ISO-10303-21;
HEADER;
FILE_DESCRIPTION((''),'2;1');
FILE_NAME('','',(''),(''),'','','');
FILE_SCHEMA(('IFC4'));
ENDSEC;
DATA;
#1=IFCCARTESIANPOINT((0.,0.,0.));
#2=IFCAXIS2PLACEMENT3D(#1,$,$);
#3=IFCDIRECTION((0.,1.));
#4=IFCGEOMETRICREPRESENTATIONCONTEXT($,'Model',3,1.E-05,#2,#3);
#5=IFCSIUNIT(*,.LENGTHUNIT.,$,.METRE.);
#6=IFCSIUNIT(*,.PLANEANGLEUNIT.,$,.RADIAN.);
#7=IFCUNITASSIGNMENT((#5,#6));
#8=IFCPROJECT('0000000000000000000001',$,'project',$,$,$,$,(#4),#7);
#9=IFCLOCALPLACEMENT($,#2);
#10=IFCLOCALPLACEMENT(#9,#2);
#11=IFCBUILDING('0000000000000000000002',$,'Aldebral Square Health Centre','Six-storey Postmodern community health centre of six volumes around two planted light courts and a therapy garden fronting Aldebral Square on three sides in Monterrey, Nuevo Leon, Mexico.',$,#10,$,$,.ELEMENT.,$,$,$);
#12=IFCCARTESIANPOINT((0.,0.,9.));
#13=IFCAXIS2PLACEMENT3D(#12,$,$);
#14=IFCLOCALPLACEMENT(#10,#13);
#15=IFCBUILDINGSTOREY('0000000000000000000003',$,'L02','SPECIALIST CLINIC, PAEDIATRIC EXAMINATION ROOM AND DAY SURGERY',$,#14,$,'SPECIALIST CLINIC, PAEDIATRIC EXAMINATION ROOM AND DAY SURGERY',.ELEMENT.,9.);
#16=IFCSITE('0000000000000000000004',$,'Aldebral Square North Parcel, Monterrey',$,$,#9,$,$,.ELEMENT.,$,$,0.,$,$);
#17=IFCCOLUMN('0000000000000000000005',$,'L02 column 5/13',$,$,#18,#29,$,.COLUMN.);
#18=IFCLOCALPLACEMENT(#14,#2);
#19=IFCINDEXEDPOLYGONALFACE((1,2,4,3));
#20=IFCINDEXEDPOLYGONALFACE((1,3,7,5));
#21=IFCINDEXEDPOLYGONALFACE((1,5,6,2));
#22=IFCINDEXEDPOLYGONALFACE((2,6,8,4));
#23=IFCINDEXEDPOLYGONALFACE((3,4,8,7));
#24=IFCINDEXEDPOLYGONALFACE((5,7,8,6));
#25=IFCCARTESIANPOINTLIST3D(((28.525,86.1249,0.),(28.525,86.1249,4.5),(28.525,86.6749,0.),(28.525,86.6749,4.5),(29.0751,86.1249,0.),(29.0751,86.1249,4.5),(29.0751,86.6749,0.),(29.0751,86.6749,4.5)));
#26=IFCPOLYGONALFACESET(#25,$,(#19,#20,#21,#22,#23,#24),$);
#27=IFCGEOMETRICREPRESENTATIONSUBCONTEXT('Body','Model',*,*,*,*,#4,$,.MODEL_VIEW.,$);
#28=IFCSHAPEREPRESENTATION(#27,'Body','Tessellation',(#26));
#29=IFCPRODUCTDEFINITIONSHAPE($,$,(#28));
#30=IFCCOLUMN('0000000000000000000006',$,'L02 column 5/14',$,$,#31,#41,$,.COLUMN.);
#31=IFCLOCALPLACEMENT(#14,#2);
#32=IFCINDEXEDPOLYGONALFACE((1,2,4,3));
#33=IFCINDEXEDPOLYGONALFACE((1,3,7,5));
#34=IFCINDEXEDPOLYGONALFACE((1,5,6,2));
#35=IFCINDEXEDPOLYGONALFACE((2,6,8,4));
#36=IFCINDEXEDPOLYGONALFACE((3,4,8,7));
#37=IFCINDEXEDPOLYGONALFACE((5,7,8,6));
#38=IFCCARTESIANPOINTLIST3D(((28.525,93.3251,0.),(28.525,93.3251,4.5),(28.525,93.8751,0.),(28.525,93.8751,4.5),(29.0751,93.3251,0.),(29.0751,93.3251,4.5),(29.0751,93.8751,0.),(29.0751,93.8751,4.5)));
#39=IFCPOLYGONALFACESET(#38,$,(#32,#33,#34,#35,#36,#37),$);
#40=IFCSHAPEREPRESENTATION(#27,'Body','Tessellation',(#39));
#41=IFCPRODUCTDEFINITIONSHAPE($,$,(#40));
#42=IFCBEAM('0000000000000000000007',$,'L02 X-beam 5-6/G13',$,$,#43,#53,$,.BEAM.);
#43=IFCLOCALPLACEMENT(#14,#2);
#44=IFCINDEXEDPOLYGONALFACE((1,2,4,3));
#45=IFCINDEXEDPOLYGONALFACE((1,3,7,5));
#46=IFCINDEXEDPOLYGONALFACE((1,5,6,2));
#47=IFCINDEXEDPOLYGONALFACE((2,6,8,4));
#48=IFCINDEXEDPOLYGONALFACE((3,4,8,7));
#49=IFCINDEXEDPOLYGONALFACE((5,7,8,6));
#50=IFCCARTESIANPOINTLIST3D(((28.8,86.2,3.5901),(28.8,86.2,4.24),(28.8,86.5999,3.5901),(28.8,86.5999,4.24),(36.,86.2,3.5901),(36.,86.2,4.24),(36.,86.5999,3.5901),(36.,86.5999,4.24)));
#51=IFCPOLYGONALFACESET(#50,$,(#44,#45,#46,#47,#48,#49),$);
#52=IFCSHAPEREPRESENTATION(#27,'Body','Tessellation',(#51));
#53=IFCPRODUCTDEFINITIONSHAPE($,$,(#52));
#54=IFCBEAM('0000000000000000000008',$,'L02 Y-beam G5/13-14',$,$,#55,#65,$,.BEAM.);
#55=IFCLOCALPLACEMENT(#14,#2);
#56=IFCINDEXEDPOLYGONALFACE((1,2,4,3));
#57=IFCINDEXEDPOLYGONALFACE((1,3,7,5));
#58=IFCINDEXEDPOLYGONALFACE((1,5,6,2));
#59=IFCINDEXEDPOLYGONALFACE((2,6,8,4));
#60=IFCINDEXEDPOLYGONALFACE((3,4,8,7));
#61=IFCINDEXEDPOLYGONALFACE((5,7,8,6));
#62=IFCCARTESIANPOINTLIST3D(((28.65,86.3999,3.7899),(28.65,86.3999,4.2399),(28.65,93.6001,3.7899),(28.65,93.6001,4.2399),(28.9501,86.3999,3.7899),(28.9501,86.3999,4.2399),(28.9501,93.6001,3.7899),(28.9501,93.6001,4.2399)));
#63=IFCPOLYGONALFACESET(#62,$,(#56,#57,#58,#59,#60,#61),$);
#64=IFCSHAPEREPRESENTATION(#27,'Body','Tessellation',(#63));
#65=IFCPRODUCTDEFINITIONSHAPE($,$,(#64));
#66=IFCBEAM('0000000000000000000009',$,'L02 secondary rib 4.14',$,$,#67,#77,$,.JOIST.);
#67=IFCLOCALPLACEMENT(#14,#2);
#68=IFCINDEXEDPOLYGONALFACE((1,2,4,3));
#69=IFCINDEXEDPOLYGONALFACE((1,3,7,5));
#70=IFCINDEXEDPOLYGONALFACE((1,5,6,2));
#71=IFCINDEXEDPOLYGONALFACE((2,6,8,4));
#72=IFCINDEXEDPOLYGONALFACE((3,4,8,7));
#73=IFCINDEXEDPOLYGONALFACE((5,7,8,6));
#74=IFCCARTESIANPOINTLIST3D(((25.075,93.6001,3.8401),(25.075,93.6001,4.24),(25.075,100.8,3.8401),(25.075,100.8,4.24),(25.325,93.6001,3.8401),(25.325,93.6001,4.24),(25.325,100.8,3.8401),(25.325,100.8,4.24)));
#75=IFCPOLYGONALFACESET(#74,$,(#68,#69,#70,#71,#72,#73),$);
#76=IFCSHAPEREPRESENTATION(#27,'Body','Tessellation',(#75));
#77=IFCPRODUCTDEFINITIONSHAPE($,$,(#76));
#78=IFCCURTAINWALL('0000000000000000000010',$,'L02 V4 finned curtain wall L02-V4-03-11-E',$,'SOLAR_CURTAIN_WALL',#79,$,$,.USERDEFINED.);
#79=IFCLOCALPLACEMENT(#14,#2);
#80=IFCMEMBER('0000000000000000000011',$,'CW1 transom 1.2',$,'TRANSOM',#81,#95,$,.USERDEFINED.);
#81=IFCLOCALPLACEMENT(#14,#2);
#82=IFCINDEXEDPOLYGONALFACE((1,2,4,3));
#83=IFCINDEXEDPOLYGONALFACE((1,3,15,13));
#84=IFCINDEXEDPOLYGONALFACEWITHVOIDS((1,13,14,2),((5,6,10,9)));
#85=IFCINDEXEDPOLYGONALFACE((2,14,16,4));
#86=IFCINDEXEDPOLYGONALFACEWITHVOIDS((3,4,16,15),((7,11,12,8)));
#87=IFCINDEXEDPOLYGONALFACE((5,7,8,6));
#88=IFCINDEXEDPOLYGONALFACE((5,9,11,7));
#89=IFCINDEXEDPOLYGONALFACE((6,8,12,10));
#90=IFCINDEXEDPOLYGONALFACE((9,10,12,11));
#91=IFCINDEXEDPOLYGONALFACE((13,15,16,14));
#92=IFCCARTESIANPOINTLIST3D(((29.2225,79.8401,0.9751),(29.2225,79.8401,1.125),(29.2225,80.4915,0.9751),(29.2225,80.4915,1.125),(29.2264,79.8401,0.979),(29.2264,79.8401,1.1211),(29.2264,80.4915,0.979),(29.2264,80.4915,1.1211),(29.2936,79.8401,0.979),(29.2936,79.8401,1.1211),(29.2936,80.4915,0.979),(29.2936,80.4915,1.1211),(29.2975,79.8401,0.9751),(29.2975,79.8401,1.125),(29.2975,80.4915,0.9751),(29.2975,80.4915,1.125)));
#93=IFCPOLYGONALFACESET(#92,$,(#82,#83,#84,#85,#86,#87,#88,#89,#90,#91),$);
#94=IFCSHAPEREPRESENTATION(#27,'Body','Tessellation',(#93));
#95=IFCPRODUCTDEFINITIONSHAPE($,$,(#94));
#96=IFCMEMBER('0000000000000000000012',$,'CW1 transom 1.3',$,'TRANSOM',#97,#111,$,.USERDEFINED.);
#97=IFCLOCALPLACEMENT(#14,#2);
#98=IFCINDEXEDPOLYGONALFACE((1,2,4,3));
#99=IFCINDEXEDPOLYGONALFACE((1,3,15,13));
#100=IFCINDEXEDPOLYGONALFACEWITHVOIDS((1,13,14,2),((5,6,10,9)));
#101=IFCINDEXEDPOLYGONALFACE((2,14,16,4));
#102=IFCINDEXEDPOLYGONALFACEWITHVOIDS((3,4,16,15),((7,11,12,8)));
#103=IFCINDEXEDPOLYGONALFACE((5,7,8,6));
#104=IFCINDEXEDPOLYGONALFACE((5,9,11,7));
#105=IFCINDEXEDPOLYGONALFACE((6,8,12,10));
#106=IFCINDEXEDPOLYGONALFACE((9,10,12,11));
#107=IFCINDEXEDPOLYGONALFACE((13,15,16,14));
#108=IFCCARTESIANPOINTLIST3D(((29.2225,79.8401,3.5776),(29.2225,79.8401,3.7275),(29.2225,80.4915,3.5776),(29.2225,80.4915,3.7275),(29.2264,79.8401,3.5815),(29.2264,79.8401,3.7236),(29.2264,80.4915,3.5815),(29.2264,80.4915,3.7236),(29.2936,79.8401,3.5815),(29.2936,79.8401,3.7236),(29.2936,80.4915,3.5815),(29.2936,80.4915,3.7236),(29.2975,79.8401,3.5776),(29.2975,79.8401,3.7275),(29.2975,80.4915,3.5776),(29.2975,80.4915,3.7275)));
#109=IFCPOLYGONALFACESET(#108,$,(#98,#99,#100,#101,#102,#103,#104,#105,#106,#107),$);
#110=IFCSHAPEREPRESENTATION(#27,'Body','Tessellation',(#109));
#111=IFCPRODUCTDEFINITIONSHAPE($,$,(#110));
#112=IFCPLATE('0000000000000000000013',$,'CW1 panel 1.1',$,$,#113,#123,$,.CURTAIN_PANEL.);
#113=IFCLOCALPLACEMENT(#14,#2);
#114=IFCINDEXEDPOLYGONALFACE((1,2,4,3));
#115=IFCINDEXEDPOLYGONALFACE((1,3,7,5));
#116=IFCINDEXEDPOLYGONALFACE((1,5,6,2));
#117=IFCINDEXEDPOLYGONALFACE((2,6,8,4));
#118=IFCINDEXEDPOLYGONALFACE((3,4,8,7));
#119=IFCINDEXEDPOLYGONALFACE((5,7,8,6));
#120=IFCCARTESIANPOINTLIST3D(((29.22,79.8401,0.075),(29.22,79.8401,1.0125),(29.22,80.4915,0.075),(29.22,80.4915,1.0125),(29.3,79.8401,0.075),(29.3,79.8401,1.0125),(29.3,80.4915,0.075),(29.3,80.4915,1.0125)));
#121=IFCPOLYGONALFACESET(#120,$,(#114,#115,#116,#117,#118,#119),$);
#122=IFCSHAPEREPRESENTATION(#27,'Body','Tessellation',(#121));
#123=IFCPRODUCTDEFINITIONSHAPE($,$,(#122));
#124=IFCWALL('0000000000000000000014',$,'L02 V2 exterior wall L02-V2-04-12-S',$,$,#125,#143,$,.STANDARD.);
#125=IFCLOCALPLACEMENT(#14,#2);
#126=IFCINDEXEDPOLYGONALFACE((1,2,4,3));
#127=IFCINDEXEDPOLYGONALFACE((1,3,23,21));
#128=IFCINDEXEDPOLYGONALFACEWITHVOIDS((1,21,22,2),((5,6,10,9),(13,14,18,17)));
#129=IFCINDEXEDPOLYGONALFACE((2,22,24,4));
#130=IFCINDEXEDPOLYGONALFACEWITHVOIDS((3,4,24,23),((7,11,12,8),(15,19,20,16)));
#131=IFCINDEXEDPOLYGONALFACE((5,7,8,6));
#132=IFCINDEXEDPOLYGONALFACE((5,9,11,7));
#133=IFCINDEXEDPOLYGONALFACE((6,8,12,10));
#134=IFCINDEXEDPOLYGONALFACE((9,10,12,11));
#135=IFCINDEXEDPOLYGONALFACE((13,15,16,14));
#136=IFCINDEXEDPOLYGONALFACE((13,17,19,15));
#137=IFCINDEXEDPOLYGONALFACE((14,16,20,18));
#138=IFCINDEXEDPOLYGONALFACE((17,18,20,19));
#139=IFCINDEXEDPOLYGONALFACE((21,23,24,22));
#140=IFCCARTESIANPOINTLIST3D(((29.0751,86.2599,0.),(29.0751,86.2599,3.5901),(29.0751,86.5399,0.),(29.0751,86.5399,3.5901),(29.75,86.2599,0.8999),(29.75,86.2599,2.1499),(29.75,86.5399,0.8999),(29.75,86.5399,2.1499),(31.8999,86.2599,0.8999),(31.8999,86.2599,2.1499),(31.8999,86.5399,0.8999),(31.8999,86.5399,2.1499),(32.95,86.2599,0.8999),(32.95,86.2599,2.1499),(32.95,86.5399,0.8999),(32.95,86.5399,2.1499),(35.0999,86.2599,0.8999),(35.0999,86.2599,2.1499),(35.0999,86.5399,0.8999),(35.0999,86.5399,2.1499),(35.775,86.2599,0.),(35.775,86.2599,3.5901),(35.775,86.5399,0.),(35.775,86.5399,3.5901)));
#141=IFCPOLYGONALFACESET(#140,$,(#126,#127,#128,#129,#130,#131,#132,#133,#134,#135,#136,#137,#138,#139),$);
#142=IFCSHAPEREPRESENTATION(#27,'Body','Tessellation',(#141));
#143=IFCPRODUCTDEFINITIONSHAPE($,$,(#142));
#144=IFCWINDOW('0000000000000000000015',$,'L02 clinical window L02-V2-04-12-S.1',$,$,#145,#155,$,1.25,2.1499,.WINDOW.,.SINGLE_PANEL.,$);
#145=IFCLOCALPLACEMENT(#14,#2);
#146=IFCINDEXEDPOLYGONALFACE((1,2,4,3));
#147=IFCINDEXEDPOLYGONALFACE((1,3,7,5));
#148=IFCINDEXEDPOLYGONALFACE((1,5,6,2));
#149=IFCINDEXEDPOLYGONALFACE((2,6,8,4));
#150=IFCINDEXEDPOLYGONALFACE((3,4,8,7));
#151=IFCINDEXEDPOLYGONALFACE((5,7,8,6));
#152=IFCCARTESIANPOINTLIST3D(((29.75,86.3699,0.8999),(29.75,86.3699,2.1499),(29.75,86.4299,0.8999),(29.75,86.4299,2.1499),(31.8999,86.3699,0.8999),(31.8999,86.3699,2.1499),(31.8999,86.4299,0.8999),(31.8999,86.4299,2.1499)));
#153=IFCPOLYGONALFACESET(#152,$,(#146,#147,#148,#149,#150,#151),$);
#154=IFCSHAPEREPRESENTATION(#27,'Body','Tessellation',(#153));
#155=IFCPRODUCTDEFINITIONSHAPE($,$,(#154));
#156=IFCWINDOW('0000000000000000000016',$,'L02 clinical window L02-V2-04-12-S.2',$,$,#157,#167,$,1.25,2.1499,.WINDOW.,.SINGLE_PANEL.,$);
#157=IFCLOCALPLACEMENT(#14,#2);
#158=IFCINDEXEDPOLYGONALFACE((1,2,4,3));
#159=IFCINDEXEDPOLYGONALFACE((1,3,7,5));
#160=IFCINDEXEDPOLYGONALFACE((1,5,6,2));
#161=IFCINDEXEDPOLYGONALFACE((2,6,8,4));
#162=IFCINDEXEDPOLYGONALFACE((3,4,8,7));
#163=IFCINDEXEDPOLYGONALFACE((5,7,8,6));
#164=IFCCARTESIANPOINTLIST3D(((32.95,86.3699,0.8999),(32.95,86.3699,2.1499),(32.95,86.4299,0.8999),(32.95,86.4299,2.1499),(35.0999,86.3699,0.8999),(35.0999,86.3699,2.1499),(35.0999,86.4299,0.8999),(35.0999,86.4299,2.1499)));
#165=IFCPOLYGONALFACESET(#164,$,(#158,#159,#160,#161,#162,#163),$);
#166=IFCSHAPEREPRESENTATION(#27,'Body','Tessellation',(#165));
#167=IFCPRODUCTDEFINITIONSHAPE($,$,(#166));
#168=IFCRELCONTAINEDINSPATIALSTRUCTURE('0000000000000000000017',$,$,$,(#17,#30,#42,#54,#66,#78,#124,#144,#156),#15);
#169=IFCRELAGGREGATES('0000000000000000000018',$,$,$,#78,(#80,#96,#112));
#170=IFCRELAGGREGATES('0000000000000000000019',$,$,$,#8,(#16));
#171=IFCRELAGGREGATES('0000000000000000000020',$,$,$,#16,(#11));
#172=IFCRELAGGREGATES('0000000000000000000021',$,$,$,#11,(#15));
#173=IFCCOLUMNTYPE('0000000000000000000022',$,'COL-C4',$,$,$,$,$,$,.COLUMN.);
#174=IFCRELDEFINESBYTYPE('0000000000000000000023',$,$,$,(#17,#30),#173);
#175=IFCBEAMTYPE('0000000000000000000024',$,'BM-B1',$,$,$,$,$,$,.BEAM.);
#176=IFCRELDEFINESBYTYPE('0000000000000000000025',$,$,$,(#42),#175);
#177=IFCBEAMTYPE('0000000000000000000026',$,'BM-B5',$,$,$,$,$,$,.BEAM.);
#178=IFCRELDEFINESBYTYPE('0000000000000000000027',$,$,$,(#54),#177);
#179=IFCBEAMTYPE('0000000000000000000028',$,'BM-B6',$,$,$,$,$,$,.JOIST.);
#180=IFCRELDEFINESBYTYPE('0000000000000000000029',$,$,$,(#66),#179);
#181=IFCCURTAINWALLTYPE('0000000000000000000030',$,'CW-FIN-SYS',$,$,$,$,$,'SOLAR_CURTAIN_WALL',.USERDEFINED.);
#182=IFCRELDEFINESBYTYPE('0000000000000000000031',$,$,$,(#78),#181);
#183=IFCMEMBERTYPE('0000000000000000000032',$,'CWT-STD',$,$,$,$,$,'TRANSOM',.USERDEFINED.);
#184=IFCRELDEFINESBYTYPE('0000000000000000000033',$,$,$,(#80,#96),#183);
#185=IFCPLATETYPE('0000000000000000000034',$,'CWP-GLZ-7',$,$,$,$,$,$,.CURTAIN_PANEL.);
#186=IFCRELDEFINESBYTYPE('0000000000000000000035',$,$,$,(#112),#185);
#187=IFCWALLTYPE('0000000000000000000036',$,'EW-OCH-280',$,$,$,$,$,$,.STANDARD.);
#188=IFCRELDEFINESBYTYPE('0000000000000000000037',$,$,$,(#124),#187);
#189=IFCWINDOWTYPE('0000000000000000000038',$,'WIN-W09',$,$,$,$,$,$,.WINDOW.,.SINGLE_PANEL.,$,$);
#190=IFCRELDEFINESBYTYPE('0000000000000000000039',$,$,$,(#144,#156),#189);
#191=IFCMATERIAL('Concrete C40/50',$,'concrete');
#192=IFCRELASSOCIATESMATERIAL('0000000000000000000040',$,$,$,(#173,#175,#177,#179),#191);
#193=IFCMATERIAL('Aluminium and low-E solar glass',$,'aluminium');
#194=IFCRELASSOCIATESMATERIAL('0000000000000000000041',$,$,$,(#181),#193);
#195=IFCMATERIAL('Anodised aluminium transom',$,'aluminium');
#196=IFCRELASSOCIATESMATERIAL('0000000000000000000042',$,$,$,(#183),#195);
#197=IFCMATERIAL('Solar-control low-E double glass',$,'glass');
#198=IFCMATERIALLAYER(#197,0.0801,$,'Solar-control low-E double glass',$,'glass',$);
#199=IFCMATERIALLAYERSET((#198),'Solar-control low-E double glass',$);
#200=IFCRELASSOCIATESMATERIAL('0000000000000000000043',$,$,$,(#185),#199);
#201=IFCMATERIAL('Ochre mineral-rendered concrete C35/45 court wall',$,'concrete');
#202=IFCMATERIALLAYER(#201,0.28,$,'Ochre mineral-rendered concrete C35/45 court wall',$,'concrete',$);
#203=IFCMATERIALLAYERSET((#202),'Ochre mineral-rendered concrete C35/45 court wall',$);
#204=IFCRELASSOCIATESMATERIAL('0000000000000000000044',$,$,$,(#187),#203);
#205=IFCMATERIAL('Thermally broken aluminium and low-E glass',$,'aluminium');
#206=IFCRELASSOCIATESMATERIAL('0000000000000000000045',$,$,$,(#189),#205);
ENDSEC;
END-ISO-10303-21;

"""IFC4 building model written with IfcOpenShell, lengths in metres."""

from ifc_helpers import new_model, si_unit, direction, frame, frame_2d, origin, origin_2d, place, context, subcontext, project, spatial, rectangle, hollow_rectangle, extrude, material, layer, layer_set, material_profile, profile_set, type_object, element, fill, aggregate, save


model = new_model("IFC4")

# Units and contexts
model_context = context("Model", 3, precision=1e-05, world=origin(), true_north=direction((0.0, 1.0)))
body_context = subcontext(model_context, "Body", "Model", "MODEL_VIEW")
ifc_project = project(units=[si_unit("LENGTHUNIT", "METRE"), si_unit("PLANEANGLEUNIT", "RADIAN")], contexts=[model_context])

# Site, building, storey
site_placement = place(None, origin())
site = spatial("IfcSite", under=ifc_project, at=site_placement, Name="Aldebral Square North Parcel, Monterrey", CompositionType="ELEMENT", RefElevation=0.0)
building_placement = place(site_placement, origin())
building = spatial("IfcBuilding", under=site, at=building_placement, Name="Aldebral Square Health Centre", Description="Six-storey Postmodern community health centre of six volumes around two planted light courts and a therapy garden fronting Aldebral Square on three sides in Monterrey, Nuevo Leon, Mexico.", CompositionType="ELEMENT")
storey_placement = place(building_placement, frame((0.0, 0.0, 9.0)))
storey = spatial("IfcBuildingStorey", under=building, at=storey_placement, Name="L02", Description="SPECIALIST CLINIC, PAEDIATRIC EXAMINATION ROOM AND DAY SURGERY", LongName="SPECIALIST CLINIC, PAEDIATRIC EXAMINATION ROOM AND DAY SURGERY", CompositionType="ELEMENT", Elevation=9.0)

# Columns
ifc_material_1 = material(Name="Concrete C40/50", Category="concrete")
ifc_material_profile_1 = material_profile(ifc_material_1, rectangle(XDim=0.55, YDim=0.55, at=origin_2d()), Name="RC 550x550")
ifc_profile_set_1 = profile_set([ifc_material_profile_1], Name="Concrete C40/50")
column_type = type_object("IfcColumnType", Name="COL-C4", PredefinedType="COLUMN", material=ifc_profile_set_1)
for number, where, z_axis, x_axis, name in (
    (1, (28.8, 86.3999, 0.0), (0.0, 0.0, 1.0), (1.0, 0.0, 0.0), "L02 column 5/13"),
    (2, (28.8, 93.6001, 0.0), (0.0, 0.0, 1.0), (1.0, 0.0, 0.0), "L02 column 5/14"),
):
    element("IfcColumn", number, at=place(storey_placement, frame(where, z_axis=z_axis, x_axis=x_axis)), inside=storey, type_object=column_type, Name=name, PredefinedType="COLUMN", context=body_context, shape_type="SweptSolid", body=[
        extrude(rectangle(XDim=0.55, YDim=0.55, at=origin_2d()), origin(), (0.0, 0.0, 1.0), 4.5),
    ])

# Beams
ifc_material_profile_2 = material_profile(ifc_material_1, rectangle(XDim=0.3999, YDim=0.6499, at=origin_2d()), Name="RC 400x650")
ifc_profile_set_2 = profile_set([ifc_material_profile_2], Name="Concrete C40/50")
beam_type_1 = type_object("IfcBeamType", Name="BM-B1", PredefinedType="BEAM", material=ifc_profile_set_2)
beam_1_placement = place(storey_placement, frame((28.8, 86.3999, 3.915), z_axis=(1.0, 0.0, 0.0), x_axis=(0.0, 1.0, 0.0)))
element("IfcBeam", 3, at=beam_1_placement, inside=storey, type_object=beam_type_1, Name="L02 X-beam 5-6/G13", PredefinedType="BEAM", context=body_context, shape_type="SweptSolid", body=[
    extrude(rectangle(XDim=0.3999, YDim=0.6499, at=origin_2d()), origin(), (0.0, 0.0, 1.0), 7.2),
])
ifc_material_profile_3 = material_profile(ifc_material_1, rectangle(XDim=0.3, YDim=0.45, at=origin_2d()), Name="RC 300x450")
ifc_profile_set_3 = profile_set([ifc_material_profile_3], Name="Concrete C40/50")
beam_type_2 = type_object("IfcBeamType", Name="BM-B5", PredefinedType="BEAM", material=ifc_profile_set_3)
beam_2_placement = place(storey_placement, frame((28.8, 86.3999, 4.0149), z_axis=(0.0, 1.0, 0.0), x_axis=(-1.0, 0.0, 0.0)))
element("IfcBeam", 4, at=beam_2_placement, inside=storey, type_object=beam_type_2, Name="L02 Y-beam G5/13-14", PredefinedType="BEAM", context=body_context, shape_type="SweptSolid", body=[
    extrude(rectangle(XDim=0.3, YDim=0.45, at=origin_2d()), origin(), (0.0, 0.0, 1.0), 7.2002),
])
ifc_material_profile_4 = material_profile(ifc_material_1, rectangle(XDim=0.25, YDim=0.3999, at=origin_2d()), Name="RC 250x400")
ifc_profile_set_4 = profile_set([ifc_material_profile_4], Name="Concrete C40/50")
beam_type_3 = type_object("IfcBeamType", Name="BM-B6", PredefinedType="JOIST", material=ifc_profile_set_4)
beam_3_placement = place(storey_placement, frame((25.2, 93.6001, 4.04), z_axis=(0.0, 1.0, 0.0), x_axis=(-1.0, 0.0, 0.0)))
element("IfcBeam", 5, at=beam_3_placement, inside=storey, type_object=beam_type_3, Name="L02 secondary rib 4.14", PredefinedType="JOIST", context=body_context, shape_type="SweptSolid", body=[
    extrude(rectangle(XDim=0.25, YDim=0.3999, at=origin_2d()), origin(), (0.0, 0.0, 1.0), 7.2),
])

# Curtain wall, members, plate
ifc_material_2 = material(Name="Aluminium and low-E solar glass", Category="aluminium")
curtain_wall_type = type_object("IfcCurtainWallType", Name="CW-FIN-SYS", ElementType="SOLAR_CURTAIN_WALL", PredefinedType="USERDEFINED", material=ifc_material_2)
curtain_wall_placement = place(storey_placement, origin())
curtain_wall = element("IfcCurtainWall", 6, at=curtain_wall_placement, inside=storey, type_object=curtain_wall_type, Name="L02 V4 finned curtain wall L02-V4-03-11-E", ObjectType="SOLAR_CURTAIN_WALL", PredefinedType="USERDEFINED")
ifc_material_3 = material(Name="Anodised aluminium transom", Category="aluminium")
ifc_material_profile_5 = material_profile(ifc_material_3, hollow_rectangle(XDim=0.075, YDim=0.1499, WallThickness=0.0039, at=origin_2d()), Name="CWT 75x150x4")
ifc_profile_set_5 = profile_set([ifc_material_profile_5], Name="Anodised aluminium transom")
member_type = type_object("IfcMemberType", Name="CWT-STD", ElementType="TRANSOM", PredefinedType="USERDEFINED", material=ifc_profile_set_5)
member_1_placement = place(storey_placement, frame((29.26, 79.8401, 1.05), z_axis=(0.0, 1.0, 0.0), x_axis=(-1.0, 0.0, 0.0)))
member_1 = element("IfcMember", 7, at=member_1_placement, type_object=member_type, Name="CW1 transom 1.2", ObjectType="TRANSOM", PredefinedType="USERDEFINED", context=body_context, shape_type="SweptSolid", body=[
    extrude(hollow_rectangle(XDim=0.075, YDim=0.1499, WallThickness=0.0039, at=origin_2d()), origin(), (0.0, 0.0, 1.0), 0.6514),
])
member_2_placement = place(storey_placement, frame((29.26, 79.8401, 3.6526), z_axis=(0.0, 1.0, 0.0), x_axis=(-1.0, 0.0, 0.0)))
member_2 = element("IfcMember", 8, at=member_2_placement, type_object=member_type, Name="CW1 transom 1.3", ObjectType="TRANSOM", PredefinedType="USERDEFINED", context=body_context, shape_type="SweptSolid", body=[
    extrude(hollow_rectangle(XDim=0.075, YDim=0.1499, WallThickness=0.0039, at=origin_2d()), origin(), (0.0, 0.0, 1.0), 0.6514),
])
ifc_material_4 = material(Name="Solar-control low-E double glass", Category="glass")
ifc_layer_1 = layer(ifc_material_4, 0.0801, Name="Solar-control low-E double glass", Category="glass")
ifc_layer_set_1 = layer_set([ifc_layer_1], Name="Solar-control low-E double glass")
plate_type = type_object("IfcPlateType", Name="CWP-GLZ-7", PredefinedType="CURTAIN_PANEL", material=ifc_layer_set_1)
plate_placement = place(storey_placement, frame((29.26, 80.1658, 0.075), z_axis=(0.0, 0.0, 1.0), x_axis=(0.0, 1.0, 0.0)))
plate = element("IfcPlate", 9, at=plate_placement, type_object=plate_type, Name="CW1 panel 1.1", PredefinedType="CURTAIN_PANEL", context=body_context, shape_type="SweptSolid", body=[
    extrude(rectangle(XDim=0.6514, YDim=0.0801, at=origin_2d()), origin(), (0.0, 0.0, 1.0), 0.9375),
])
aggregate(curtain_wall, [member_1, member_2, plate])

# Wall, openings, windows
ifc_material_5 = material(Name="Ochre mineral-rendered concrete C35/45 court wall", Category="concrete")
ifc_layer_2 = layer(ifc_material_5, 0.28, Name="Ochre mineral-rendered concrete C35/45 court wall", Category="concrete")
ifc_layer_set_2 = layer_set([ifc_layer_2], Name="Ochre mineral-rendered concrete C35/45 court wall")
wall_type_1 = type_object("IfcWallType", Name="EW-OCH-280", PredefinedType="STANDARD", material=ifc_layer_set_2)
wall_1_placement = place(storey_placement, frame((29.075, 86.3999, 0.0), z_axis=(0.0, 0.0, 1.0), x_axis=(1.0, 0.0, 0.0)))
wall_1 = element("IfcWall", 10, at=wall_1_placement, inside=storey, type_object=wall_type_1, Name="L02 V2 exterior wall L02-V2-04-12-S", PredefinedType="STANDARD", context=body_context, shape_type="SweptSolid", body=[
    extrude(rectangle(XDim=6.7, YDim=0.28, at=frame_2d((3.3501, 0.0))), origin(), (0.0, 0.0, 1.0), 3.5901),
])
opening_1_placement = place(wall_1_placement, frame((0.675, 0.0, 0.8999)))
opening_1 = element("IfcOpeningElement", 11, at=opening_1_placement, cuts=wall_1, PredefinedType="OPENING", context=body_context, shape_type="SweptSolid", body=[
    extrude(rectangle(XDim=2.1499, YDim=1.25, at=frame_2d((1.075, 0.625))), frame((0.0, 0.1499, 0.0), z_axis=(0.0, -1.0, 0.0), x_axis=(1.0, 0.0, 0.0)), (0.0, 0.0, 1.0), 0.3),
])
opening_2_placement = place(wall_1_placement, frame((3.875, 0.0, 0.8999)))
opening_2 = element("IfcOpeningElement", 12, at=opening_2_placement, cuts=wall_1, PredefinedType="OPENING", context=body_context, shape_type="SweptSolid", body=[
    extrude(rectangle(XDim=2.1499, YDim=1.25, at=frame_2d((1.075, 0.625))), frame((0.0, 0.1499, 0.0), z_axis=(0.0, -1.0, 0.0), x_axis=(1.0, 0.0, 0.0)), (0.0, 0.0, 1.0), 0.3),
])
ifc_material_6 = material(Name="Thermally broken aluminium and low-E glass", Category="aluminium")
window_type = type_object("IfcWindowType", Name="WIN-W09", PartitioningType="SINGLE_PANEL", PredefinedType="WINDOW", material=ifc_material_6)
window_1_placement = place(opening_1_placement, origin())
window_1 = element("IfcWindow", 13, at=window_1_placement, inside=storey, type_object=window_type, Name="L02 clinical window L02-V2-04-12-S.1", OverallHeight=1.25, OverallWidth=2.1499, PartitioningType="SINGLE_PANEL", PredefinedType="WINDOW", context=body_context, shape_type="SweptSolid", body=[
    extrude(rectangle(XDim=2.1499, YDim=1.25, at=frame_2d((1.075, 0.625))), frame((0.0, 0.03, 0.0), z_axis=(0.0, -1.0, 0.0), x_axis=(1.0, 0.0, 0.0)), (0.0, 0.0, 1.0), 0.0601),
])
fill(opening_1, window_1)
window_2_placement = place(opening_2_placement, origin())
window_2 = element("IfcWindow", 14, at=window_2_placement, inside=storey, type_object=window_type, Name="L02 clinical window L02-V2-04-12-S.2", OverallHeight=1.25, OverallWidth=2.1499, PartitioningType="SINGLE_PANEL", PredefinedType="WINDOW", context=body_context, shape_type="SweptSolid", body=[
    extrude(rectangle(XDim=2.1499, YDim=1.25, at=frame_2d((1.075, 0.625))), frame((0.0, 0.03, 0.0), z_axis=(0.0, -1.0, 0.0), x_axis=(1.0, 0.0, 0.0)), (0.0, 0.0, 1.0), 0.0601),
])
fill(opening_2, window_2)

save(model, "model.ifc")
